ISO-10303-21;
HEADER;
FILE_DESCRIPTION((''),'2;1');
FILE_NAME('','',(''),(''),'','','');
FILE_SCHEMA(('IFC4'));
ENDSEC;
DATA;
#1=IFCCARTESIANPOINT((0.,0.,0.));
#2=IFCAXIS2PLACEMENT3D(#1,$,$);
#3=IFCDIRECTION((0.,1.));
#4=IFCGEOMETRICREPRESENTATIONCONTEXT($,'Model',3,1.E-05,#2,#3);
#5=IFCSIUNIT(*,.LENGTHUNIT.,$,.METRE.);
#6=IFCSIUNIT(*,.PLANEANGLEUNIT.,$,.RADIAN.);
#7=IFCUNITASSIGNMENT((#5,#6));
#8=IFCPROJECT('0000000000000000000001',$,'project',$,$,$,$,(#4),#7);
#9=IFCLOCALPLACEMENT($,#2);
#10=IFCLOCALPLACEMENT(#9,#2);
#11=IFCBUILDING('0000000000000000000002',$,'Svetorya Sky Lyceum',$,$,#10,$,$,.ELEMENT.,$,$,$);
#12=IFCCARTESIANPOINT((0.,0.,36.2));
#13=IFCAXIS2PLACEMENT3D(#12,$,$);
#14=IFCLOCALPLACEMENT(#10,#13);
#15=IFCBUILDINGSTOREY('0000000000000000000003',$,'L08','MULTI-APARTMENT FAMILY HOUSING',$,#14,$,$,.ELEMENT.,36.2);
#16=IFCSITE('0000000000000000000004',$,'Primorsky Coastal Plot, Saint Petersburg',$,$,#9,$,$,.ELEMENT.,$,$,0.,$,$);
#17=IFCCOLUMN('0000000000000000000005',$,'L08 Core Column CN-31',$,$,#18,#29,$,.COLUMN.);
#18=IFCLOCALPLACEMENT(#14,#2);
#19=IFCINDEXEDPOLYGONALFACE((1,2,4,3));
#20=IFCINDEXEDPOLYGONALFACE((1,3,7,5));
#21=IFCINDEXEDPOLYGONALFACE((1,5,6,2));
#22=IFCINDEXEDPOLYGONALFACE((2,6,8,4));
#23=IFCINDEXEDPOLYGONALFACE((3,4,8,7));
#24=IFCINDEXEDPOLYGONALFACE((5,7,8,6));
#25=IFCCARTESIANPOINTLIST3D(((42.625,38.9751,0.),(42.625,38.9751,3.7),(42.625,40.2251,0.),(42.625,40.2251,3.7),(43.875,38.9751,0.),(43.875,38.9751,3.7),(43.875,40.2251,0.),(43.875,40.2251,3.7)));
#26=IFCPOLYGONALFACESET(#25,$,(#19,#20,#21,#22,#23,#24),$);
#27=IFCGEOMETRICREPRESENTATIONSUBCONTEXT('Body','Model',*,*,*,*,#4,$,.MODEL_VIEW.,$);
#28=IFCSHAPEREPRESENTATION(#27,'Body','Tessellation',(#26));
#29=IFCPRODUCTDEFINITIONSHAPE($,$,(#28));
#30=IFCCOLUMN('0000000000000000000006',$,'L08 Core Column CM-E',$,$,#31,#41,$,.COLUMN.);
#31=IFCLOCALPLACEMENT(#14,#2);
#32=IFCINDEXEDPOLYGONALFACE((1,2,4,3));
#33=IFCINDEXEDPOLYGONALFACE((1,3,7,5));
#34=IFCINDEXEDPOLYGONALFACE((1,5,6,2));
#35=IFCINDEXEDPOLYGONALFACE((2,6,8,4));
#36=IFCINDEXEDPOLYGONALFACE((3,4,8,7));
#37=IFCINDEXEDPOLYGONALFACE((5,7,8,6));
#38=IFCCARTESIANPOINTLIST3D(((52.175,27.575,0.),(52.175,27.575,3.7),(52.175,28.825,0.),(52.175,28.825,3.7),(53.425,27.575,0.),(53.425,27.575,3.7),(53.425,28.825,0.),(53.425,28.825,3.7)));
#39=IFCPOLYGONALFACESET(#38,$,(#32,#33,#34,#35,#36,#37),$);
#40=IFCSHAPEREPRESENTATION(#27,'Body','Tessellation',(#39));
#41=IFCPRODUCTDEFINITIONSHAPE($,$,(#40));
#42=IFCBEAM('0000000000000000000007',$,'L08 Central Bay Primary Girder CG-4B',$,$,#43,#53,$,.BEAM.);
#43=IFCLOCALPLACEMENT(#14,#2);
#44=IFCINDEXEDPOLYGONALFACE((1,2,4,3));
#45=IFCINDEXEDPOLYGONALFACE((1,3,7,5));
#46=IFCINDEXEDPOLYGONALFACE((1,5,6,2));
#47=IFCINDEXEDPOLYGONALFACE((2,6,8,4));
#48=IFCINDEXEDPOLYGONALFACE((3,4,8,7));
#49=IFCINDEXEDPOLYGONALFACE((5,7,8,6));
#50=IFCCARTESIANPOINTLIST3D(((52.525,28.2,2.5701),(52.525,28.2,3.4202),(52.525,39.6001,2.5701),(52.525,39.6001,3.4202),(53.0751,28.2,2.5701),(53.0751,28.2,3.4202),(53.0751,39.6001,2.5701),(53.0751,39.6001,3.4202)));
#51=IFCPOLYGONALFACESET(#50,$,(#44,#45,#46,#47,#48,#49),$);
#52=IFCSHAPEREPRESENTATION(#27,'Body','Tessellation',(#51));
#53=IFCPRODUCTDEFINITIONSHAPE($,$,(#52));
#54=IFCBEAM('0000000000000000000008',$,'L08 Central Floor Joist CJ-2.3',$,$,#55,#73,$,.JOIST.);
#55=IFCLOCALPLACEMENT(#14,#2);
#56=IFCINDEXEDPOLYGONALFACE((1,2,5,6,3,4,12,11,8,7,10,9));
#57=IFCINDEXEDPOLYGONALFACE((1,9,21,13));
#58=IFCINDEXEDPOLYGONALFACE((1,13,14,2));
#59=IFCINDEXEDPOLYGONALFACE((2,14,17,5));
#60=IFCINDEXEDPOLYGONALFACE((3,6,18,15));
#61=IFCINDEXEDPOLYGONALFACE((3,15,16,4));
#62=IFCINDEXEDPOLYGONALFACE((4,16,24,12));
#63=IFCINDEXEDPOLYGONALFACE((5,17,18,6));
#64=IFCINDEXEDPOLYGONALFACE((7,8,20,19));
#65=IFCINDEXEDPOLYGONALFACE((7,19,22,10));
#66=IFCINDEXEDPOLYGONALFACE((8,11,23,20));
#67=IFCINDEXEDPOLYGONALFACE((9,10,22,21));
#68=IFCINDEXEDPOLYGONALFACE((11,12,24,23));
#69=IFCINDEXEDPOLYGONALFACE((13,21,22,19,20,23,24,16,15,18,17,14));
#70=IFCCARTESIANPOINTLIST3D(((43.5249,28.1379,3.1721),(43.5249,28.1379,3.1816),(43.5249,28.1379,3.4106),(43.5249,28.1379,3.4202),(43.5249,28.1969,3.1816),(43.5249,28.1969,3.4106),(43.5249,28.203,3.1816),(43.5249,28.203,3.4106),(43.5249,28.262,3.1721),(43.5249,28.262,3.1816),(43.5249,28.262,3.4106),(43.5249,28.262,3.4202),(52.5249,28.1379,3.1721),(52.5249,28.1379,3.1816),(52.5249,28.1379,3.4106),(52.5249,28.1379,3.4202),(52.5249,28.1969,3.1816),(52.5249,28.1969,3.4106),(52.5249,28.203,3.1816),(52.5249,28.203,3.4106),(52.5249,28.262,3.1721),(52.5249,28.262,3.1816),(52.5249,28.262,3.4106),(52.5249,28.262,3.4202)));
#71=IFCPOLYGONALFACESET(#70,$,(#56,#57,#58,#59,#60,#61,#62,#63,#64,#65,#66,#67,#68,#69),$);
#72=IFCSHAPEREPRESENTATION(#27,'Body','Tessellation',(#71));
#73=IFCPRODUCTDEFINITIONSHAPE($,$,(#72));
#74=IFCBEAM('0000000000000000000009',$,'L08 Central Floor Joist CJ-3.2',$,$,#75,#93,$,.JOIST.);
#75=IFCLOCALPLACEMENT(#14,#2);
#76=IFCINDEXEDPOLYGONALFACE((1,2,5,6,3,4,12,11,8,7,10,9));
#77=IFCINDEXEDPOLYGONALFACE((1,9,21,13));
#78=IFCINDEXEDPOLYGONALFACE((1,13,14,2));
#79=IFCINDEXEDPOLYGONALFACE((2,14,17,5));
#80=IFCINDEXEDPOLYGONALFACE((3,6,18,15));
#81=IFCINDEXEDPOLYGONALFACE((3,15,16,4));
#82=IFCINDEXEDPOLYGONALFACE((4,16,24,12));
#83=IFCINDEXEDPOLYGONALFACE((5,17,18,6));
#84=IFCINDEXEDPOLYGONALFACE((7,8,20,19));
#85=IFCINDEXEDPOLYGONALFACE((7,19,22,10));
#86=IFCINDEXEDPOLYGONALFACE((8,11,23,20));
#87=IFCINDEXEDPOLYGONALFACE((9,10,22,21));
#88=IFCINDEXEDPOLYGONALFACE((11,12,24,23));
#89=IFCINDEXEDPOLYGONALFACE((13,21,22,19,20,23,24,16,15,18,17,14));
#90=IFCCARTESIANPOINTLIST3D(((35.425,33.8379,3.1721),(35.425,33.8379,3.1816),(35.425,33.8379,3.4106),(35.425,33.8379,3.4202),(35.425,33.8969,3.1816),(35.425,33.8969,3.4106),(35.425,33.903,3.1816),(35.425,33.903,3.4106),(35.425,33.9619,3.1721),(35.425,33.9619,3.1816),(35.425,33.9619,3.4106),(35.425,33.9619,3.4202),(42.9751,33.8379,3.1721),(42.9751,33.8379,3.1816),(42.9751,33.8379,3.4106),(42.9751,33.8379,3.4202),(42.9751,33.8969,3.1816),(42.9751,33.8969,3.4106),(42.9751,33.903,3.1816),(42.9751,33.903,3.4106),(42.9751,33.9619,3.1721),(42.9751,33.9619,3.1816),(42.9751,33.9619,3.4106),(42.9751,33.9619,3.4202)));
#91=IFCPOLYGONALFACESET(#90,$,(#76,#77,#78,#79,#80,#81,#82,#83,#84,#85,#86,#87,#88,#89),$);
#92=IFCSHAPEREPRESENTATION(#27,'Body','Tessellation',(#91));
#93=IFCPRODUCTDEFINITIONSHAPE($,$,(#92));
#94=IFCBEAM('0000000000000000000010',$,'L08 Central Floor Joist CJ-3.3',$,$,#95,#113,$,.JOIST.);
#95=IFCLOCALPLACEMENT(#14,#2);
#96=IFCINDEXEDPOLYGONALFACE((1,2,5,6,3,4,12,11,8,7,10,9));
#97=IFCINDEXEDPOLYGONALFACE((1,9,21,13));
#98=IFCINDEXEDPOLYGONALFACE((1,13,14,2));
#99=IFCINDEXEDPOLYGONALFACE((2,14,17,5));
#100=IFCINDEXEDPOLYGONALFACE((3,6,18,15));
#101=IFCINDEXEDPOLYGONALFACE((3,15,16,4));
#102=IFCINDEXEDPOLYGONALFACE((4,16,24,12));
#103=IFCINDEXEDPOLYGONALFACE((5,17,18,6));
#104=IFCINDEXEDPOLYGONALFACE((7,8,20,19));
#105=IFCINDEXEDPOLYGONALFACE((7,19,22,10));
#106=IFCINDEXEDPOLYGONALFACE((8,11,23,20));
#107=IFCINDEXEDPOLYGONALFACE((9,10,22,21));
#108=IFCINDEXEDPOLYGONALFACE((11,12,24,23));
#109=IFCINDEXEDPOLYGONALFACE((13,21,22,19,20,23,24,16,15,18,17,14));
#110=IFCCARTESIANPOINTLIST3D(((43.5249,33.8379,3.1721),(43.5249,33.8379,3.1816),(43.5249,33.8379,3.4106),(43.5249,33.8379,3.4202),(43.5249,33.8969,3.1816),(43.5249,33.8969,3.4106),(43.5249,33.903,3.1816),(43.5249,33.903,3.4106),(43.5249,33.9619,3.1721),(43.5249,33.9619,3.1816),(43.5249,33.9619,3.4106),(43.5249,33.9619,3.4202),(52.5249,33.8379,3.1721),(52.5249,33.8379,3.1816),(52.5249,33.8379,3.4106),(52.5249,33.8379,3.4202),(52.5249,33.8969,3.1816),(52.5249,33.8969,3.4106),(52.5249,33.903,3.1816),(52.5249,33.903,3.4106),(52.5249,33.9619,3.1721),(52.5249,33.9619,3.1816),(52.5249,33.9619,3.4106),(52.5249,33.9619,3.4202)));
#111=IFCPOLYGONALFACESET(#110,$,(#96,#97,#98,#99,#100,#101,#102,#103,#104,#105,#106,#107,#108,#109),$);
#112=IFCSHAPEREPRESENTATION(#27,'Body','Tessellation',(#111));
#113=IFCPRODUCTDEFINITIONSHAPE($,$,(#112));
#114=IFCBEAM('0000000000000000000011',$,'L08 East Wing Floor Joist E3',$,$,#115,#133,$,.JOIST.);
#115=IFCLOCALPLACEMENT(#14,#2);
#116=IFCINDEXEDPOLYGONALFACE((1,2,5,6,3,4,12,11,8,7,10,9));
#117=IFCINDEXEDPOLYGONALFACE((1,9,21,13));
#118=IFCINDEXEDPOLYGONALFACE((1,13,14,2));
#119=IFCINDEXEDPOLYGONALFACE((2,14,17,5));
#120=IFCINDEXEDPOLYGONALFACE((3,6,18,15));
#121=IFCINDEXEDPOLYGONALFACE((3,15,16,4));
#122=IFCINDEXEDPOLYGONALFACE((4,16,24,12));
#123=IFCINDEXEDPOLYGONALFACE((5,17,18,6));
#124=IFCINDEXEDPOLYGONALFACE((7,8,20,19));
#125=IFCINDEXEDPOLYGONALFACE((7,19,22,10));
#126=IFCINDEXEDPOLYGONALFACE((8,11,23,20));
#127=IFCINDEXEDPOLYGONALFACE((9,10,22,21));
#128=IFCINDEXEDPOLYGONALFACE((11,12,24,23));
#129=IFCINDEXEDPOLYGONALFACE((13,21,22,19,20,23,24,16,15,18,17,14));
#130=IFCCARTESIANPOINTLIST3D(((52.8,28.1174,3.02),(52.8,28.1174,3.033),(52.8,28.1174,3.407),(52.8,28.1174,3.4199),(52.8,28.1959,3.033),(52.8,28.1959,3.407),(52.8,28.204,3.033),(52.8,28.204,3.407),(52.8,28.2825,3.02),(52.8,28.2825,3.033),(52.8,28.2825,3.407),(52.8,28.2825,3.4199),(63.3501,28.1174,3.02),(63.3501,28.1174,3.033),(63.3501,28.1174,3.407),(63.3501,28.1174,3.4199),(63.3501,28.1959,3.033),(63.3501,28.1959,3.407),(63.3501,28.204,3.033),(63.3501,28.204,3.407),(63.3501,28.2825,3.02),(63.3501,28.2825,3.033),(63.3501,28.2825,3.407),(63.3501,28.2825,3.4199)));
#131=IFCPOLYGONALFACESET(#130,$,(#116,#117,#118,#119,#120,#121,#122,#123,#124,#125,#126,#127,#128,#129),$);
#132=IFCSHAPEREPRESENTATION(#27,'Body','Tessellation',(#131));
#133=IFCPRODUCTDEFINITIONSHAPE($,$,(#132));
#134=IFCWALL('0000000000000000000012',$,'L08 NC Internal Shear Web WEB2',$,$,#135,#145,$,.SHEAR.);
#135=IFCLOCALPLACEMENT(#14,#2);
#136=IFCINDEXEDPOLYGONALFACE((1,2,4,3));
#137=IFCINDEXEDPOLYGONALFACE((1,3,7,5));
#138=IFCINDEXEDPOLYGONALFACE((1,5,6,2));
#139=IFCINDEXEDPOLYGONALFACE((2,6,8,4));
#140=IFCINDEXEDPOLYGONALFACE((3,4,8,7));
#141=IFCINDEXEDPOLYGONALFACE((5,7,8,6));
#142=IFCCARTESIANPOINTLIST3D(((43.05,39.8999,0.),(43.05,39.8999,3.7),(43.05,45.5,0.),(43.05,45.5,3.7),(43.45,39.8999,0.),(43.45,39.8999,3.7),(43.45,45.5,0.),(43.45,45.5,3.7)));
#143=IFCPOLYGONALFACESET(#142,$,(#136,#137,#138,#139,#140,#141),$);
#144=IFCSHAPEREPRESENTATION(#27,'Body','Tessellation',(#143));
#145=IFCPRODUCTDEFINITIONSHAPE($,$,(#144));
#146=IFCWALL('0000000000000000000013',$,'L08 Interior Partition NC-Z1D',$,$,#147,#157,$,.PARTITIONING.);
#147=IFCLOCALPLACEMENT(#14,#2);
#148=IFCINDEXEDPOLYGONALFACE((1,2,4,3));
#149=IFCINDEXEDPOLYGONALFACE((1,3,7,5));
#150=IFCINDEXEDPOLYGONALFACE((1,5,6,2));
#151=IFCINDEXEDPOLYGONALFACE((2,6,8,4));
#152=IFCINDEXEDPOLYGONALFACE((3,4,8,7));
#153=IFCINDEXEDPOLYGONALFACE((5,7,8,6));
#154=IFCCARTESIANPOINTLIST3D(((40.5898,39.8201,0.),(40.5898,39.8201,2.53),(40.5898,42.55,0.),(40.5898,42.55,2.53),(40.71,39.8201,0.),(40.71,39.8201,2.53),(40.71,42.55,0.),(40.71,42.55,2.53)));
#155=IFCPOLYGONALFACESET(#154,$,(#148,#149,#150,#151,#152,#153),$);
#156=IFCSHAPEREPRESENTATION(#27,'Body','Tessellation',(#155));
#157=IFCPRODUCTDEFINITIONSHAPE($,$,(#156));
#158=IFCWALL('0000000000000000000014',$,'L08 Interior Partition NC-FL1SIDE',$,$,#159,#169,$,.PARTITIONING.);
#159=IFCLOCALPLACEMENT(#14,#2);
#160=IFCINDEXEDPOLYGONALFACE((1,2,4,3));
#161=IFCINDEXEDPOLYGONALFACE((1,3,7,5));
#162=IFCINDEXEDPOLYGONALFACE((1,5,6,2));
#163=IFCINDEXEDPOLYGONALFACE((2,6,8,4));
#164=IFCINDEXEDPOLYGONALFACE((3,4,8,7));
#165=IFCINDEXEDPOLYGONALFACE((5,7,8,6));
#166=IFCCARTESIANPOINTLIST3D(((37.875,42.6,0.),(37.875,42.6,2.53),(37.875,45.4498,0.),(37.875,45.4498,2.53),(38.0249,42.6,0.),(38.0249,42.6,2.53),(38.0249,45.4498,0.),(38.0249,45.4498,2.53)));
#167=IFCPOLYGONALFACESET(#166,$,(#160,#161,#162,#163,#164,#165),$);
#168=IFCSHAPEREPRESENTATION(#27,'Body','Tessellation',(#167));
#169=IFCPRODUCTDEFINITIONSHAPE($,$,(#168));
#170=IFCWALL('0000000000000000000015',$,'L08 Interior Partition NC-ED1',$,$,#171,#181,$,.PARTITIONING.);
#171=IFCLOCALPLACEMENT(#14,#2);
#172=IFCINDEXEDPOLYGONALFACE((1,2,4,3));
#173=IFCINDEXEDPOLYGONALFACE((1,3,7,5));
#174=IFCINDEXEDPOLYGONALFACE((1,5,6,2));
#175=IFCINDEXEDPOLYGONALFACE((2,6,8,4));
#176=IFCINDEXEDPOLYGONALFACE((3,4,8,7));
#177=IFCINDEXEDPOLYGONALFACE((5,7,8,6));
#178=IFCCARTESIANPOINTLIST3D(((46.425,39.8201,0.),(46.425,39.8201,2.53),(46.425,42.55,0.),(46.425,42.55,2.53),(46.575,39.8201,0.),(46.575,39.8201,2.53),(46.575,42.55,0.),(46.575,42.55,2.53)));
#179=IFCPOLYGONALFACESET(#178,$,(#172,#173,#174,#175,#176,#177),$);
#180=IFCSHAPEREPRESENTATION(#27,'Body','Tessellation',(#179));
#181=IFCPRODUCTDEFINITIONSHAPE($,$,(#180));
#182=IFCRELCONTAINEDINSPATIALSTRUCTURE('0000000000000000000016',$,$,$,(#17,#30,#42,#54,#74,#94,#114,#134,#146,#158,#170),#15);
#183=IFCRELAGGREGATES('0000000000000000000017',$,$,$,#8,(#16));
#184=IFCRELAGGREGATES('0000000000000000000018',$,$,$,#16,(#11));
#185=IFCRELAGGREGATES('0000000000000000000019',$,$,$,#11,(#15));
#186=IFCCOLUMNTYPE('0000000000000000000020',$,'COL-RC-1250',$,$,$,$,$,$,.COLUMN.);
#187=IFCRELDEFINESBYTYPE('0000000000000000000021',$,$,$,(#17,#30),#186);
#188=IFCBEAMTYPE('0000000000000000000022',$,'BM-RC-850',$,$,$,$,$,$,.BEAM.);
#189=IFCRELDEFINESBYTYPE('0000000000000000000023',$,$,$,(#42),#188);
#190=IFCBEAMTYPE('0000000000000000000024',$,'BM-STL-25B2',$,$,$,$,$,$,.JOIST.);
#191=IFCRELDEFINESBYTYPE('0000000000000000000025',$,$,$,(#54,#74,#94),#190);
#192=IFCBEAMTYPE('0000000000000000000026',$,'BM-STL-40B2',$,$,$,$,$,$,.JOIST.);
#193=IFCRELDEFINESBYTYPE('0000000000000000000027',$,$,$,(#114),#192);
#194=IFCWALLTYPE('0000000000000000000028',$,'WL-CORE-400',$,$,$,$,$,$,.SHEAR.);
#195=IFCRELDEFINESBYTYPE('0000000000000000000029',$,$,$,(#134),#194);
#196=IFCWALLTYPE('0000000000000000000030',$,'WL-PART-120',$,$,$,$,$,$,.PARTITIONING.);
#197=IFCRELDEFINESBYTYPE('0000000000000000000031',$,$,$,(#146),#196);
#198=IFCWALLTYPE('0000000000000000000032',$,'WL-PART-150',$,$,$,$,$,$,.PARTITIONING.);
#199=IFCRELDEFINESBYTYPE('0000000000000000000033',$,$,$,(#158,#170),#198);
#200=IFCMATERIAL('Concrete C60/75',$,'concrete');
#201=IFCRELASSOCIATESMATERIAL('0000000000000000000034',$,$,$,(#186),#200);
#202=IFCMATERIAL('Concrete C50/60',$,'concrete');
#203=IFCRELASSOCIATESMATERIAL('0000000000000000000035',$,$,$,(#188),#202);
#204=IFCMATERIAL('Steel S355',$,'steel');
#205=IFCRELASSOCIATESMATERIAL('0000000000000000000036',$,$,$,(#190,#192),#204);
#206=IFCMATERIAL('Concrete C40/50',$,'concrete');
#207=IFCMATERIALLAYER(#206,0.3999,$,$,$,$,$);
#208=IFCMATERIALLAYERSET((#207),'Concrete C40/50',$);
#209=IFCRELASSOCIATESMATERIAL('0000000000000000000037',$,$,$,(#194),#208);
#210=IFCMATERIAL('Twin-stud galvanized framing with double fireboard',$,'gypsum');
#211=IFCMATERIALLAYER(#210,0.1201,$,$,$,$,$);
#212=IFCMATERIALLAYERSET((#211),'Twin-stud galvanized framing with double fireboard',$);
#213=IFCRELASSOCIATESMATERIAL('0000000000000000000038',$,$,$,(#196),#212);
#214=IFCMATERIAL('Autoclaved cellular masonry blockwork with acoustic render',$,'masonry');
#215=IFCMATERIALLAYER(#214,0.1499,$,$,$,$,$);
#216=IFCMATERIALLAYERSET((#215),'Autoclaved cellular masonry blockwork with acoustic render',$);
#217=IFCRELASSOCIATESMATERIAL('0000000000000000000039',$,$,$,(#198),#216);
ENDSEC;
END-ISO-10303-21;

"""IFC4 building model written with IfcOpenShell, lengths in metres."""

from ifc_helpers import new_model, si_unit, direction, frame, frame_2d, origin, origin_2d, place, context, subcontext, project, spatial, rectangle, i_section, extrude, material, layer, layer_set, material_profile, profile_set, type_object, element, save


model = new_model("IFC4")

# Units and contexts
model_context = context("Model", 3, precision=1e-05, world=origin(), true_north=direction((0.0, 1.0)))
body_context = subcontext(model_context, "Body", "Model", "MODEL_VIEW")
ifc_project = project(units=[si_unit("LENGTHUNIT", "METRE"), si_unit("PLANEANGLEUNIT", "RADIAN")], contexts=[model_context])

# Site, building, storey
site_placement = place(None, origin())
site = spatial("IfcSite", under=ifc_project, at=site_placement, Name="Primorsky Coastal Plot, Saint Petersburg", CompositionType="ELEMENT", RefElevation=0.0)
building_placement = place(site_placement, origin())
building = spatial("IfcBuilding", under=site, at=building_placement, Name="Svetorya Sky Lyceum", CompositionType="ELEMENT")
storey_placement = place(building_placement, frame((0.0, 0.0, 36.2)))
storey = spatial("IfcBuildingStorey", under=building, at=storey_placement, Name="L08", Description="MULTI-APARTMENT FAMILY HOUSING", CompositionType="ELEMENT", Elevation=36.2)

# Columns
ifc_material_1 = material(Name="Concrete C60/75", Category="concrete")
ifc_material_profile_1 = material_profile(ifc_material_1, rectangle(XDim=1.25, YDim=1.25, at=origin_2d()), Name="RC COL 1250x1250")
ifc_profile_set_1 = profile_set([ifc_material_profile_1], Name="Concrete C60/75")
column_type = type_object("IfcColumnType", Name="COL-RC-1250", PredefinedType="COLUMN", material=ifc_profile_set_1)
for number, where, z_axis, x_axis, name in (
    (1, (43.25, 39.6001, 0.0), (0.0, 0.0, 1.0), (1.0, 0.0, 0.0), "L08 Core Column CN-31"),
    (2, (52.8, 28.2, 0.0), (0.0, 0.0, 1.0), (1.0, 0.0, 0.0), "L08 Core Column CM-E"),
):
    element("IfcColumn", number, at=place(storey_placement, frame(where, z_axis=z_axis, x_axis=x_axis)), inside=storey, type_object=column_type, Name=name, PredefinedType="COLUMN", context=body_context, shape_type="SweptSolid", body=[
        extrude(rectangle(XDim=1.25, YDim=1.25, at=origin_2d()), origin(), (0.0, 0.0, 1.0), 3.7),
    ])

# Beams
ifc_material_2 = material(Name="Concrete C50/60", Category="concrete")
ifc_material_profile_2 = material_profile(ifc_material_2, rectangle(XDim=0.55, YDim=0.8501, at=origin_2d()), Name="RC BEAM 550x850")
ifc_profile_set_2 = profile_set([ifc_material_profile_2], Name="Concrete C50/60")
beam_type_1 = type_object("IfcBeamType", Name="BM-RC-850", PredefinedType="BEAM", material=ifc_profile_set_2)
beam_1_placement = place(storey_placement, frame((52.8, 28.2, 2.9951), z_axis=(0.0, 1.0, 0.0), x_axis=(-1.0, 0.0, 0.0)))
element("IfcBeam", 3, at=beam_1_placement, inside=storey, type_object=beam_type_1, Name="L08 Central Bay Primary Girder CG-4B", PredefinedType="BEAM", context=body_context, shape_type="SweptSolid", body=[
    extrude(rectangle(XDim=0.55, YDim=0.8501, at=origin_2d()), origin(), (0.0, 0.0, 1.0), 11.4001),
])
ifc_material_3 = material(Name="Steel S355", Category="steel")
ifc_material_profile_3 = material_profile(ifc_material_3, i_section(OverallWidth=0.124, OverallDepth=0.248, WebThickness=0.0061, FlangeThickness=0.0095, at=origin_2d()), Name="GOST 25B2")
ifc_profile_set_3 = profile_set([ifc_material_profile_3], Name="Steel S355")
beam_type_2 = type_object("IfcBeamType", Name="BM-STL-25B2", PredefinedType="JOIST", material=ifc_profile_set_3)
beam_2_placement = place(storey_placement, frame((43.5249, 28.2, 3.2961), z_axis=(1.0, 0.0, 0.0), x_axis=(0.0, 1.0, 0.0)))
element("IfcBeam", 4, at=beam_2_placement, inside=storey, type_object=beam_type_2, Name="L08 Central Floor Joist CJ-2.3", PredefinedType="JOIST", context=body_context, shape_type="SweptSolid", body=[
    extrude(i_section(OverallWidth=0.124, OverallDepth=0.248, WebThickness=0.0061, FlangeThickness=0.0095, at=origin_2d()), origin(), (0.0, 0.0, 1.0), 9.0),
])
beam_3_placement = place(storey_placement, frame((35.425, 33.8999, 3.2961), z_axis=(1.0, 0.0, 0.0), x_axis=(0.0, 1.0, 0.0)))
element("IfcBeam", 5, at=beam_3_placement, inside=storey, type_object=beam_type_2, Name="L08 Central Floor Joist CJ-3.2", PredefinedType="JOIST", context=body_context, shape_type="SweptSolid", body=[
    extrude(i_section(OverallWidth=0.124, OverallDepth=0.248, WebThickness=0.0061, FlangeThickness=0.0095, at=origin_2d()), origin(), (0.0, 0.0, 1.0), 7.55),
])
beam_4_placement = place(storey_placement, frame((43.5249, 33.8999, 3.2961), z_axis=(1.0, 0.0, 0.0), x_axis=(0.0, 1.0, 0.0)))
element("IfcBeam", 6, at=beam_4_placement, inside=storey, type_object=beam_type_2, Name="L08 Central Floor Joist CJ-3.3", PredefinedType="JOIST", context=body_context, shape_type="SweptSolid", body=[
    extrude(i_section(OverallWidth=0.124, OverallDepth=0.248, WebThickness=0.0061, FlangeThickness=0.0095, at=origin_2d()), origin(), (0.0, 0.0, 1.0), 9.0),
])
ifc_material_profile_4 = material_profile(ifc_material_3, i_section(OverallWidth=0.165, OverallDepth=0.3999, WebThickness=0.0081, FlangeThickness=0.0129, at=origin_2d()), Name="GOST 40B2")
ifc_profile_set_4 = profile_set([ifc_material_profile_4], Name="Steel S355")
beam_type_3 = type_object("IfcBeamType", Name="BM-STL-40B2", PredefinedType="JOIST", material=ifc_profile_set_4)
beam_5_placement = place(storey_placement, frame((52.8, 28.2, 3.22), z_axis=(1.0, 0.0, 0.0), x_axis=(0.0, 1.0, 0.0)))
element("IfcBeam", 7, at=beam_5_placement, inside=storey, type_object=beam_type_3, Name="L08 East Wing Floor Joist E3", PredefinedType="JOIST", context=body_context, shape_type="SweptSolid", body=[
    extrude(i_section(OverallWidth=0.165, OverallDepth=0.3999, WebThickness=0.0081, FlangeThickness=0.0129, at=origin_2d()), origin(), (0.0, 0.0, 1.0), 10.55),
])

# Walls
ifc_material_4 = material(Name="Concrete C40/50", Category="concrete")
ifc_layer_1 = layer(ifc_material_4, 0.3999)
ifc_layer_set_1 = layer_set([ifc_layer_1], Name="Concrete C40/50")
wall_type_1 = type_object("IfcWallType", Name="WL-CORE-400", PredefinedType="SHEAR", material=ifc_layer_set_1)
wall_1_placement = place(storey_placement, frame((43.25, 39.8999, 0.0), z_axis=(0.0, 0.0, 1.0), x_axis=(0.0, 1.0, 0.0)))
element("IfcWall", 8, at=wall_1_placement, inside=storey, type_object=wall_type_1, Name="L08 NC Internal Shear Web WEB2", PredefinedType="SHEAR", context=body_context, shape_type="SweptSolid", body=[
    extrude(rectangle(XDim=5.6001, YDim=0.3999, at=frame_2d((2.8, 0.0))), origin(), (0.0, 0.0, 1.0), 3.7),
])
ifc_material_5 = material(Name="Twin-stud galvanized framing with double fireboard", Category="gypsum")
ifc_layer_2 = layer(ifc_material_5, 0.1201)
ifc_layer_set_2 = layer_set([ifc_layer_2], Name="Twin-stud galvanized framing with double fireboard")
wall_type_2 = type_object("IfcWallType", Name="WL-PART-120", PredefinedType="PARTITIONING", material=ifc_layer_set_2)
wall_2_placement = place(storey_placement, frame((40.6499, 39.8201, 0.0), z_axis=(0.0, 0.0, 1.0), x_axis=(0.0, 1.0, 0.0)))
element("IfcWall", 9, at=wall_2_placement, inside=storey, type_object=wall_type_2, Name="L08 Interior Partition NC-Z1D", PredefinedType="PARTITIONING", context=body_context, shape_type="SweptSolid", body=[
    extrude(rectangle(XDim=2.73, YDim=0.1201, at=frame_2d((1.365, 0.0))), origin(), (0.0, 0.0, 1.0), 2.53),
])
ifc_material_6 = material(Name="Autoclaved cellular masonry blockwork with acoustic render", Category="masonry")
ifc_layer_3 = layer(ifc_material_6, 0.1499)
ifc_layer_set_3 = layer_set([ifc_layer_3], Name="Autoclaved cellular masonry blockwork with acoustic render")
wall_type_3 = type_object("IfcWallType", Name="WL-PART-150", PredefinedType="PARTITIONING", material=ifc_layer_set_3)
wall_3_placement = place(storey_placement, frame((37.95, 42.6001, 0.0), z_axis=(0.0, 0.0, 1.0), x_axis=(0.0, 1.0, 0.0)))
element("IfcWall", 10, at=wall_3_placement, inside=storey, type_object=wall_type_3, Name="L08 Interior Partition NC-FL1SIDE", PredefinedType="PARTITIONING", context=body_context, shape_type="SweptSolid", body=[
    extrude(rectangle(XDim=2.8499, YDim=0.1499, at=frame_2d((1.4248, 0.0))), origin(), (0.0, 0.0, 1.0), 2.53),
])
wall_4_placement = place(storey_placement, frame((46.5, 39.8201, 0.0), z_axis=(0.0, 0.0, 1.0), x_axis=(0.0, 1.0, 0.0)))
element("IfcWall", 11, at=wall_4_placement, inside=storey, type_object=wall_type_3, Name="L08 Interior Partition NC-ED1", PredefinedType="PARTITIONING", context=body_context, shape_type="SweptSolid", body=[
    extrude(rectangle(XDim=2.73, YDim=0.1499, at=frame_2d((1.365, 0.0))), origin(), (0.0, 0.0, 1.0), 2.53),
])

save(model, "model.ifc")
